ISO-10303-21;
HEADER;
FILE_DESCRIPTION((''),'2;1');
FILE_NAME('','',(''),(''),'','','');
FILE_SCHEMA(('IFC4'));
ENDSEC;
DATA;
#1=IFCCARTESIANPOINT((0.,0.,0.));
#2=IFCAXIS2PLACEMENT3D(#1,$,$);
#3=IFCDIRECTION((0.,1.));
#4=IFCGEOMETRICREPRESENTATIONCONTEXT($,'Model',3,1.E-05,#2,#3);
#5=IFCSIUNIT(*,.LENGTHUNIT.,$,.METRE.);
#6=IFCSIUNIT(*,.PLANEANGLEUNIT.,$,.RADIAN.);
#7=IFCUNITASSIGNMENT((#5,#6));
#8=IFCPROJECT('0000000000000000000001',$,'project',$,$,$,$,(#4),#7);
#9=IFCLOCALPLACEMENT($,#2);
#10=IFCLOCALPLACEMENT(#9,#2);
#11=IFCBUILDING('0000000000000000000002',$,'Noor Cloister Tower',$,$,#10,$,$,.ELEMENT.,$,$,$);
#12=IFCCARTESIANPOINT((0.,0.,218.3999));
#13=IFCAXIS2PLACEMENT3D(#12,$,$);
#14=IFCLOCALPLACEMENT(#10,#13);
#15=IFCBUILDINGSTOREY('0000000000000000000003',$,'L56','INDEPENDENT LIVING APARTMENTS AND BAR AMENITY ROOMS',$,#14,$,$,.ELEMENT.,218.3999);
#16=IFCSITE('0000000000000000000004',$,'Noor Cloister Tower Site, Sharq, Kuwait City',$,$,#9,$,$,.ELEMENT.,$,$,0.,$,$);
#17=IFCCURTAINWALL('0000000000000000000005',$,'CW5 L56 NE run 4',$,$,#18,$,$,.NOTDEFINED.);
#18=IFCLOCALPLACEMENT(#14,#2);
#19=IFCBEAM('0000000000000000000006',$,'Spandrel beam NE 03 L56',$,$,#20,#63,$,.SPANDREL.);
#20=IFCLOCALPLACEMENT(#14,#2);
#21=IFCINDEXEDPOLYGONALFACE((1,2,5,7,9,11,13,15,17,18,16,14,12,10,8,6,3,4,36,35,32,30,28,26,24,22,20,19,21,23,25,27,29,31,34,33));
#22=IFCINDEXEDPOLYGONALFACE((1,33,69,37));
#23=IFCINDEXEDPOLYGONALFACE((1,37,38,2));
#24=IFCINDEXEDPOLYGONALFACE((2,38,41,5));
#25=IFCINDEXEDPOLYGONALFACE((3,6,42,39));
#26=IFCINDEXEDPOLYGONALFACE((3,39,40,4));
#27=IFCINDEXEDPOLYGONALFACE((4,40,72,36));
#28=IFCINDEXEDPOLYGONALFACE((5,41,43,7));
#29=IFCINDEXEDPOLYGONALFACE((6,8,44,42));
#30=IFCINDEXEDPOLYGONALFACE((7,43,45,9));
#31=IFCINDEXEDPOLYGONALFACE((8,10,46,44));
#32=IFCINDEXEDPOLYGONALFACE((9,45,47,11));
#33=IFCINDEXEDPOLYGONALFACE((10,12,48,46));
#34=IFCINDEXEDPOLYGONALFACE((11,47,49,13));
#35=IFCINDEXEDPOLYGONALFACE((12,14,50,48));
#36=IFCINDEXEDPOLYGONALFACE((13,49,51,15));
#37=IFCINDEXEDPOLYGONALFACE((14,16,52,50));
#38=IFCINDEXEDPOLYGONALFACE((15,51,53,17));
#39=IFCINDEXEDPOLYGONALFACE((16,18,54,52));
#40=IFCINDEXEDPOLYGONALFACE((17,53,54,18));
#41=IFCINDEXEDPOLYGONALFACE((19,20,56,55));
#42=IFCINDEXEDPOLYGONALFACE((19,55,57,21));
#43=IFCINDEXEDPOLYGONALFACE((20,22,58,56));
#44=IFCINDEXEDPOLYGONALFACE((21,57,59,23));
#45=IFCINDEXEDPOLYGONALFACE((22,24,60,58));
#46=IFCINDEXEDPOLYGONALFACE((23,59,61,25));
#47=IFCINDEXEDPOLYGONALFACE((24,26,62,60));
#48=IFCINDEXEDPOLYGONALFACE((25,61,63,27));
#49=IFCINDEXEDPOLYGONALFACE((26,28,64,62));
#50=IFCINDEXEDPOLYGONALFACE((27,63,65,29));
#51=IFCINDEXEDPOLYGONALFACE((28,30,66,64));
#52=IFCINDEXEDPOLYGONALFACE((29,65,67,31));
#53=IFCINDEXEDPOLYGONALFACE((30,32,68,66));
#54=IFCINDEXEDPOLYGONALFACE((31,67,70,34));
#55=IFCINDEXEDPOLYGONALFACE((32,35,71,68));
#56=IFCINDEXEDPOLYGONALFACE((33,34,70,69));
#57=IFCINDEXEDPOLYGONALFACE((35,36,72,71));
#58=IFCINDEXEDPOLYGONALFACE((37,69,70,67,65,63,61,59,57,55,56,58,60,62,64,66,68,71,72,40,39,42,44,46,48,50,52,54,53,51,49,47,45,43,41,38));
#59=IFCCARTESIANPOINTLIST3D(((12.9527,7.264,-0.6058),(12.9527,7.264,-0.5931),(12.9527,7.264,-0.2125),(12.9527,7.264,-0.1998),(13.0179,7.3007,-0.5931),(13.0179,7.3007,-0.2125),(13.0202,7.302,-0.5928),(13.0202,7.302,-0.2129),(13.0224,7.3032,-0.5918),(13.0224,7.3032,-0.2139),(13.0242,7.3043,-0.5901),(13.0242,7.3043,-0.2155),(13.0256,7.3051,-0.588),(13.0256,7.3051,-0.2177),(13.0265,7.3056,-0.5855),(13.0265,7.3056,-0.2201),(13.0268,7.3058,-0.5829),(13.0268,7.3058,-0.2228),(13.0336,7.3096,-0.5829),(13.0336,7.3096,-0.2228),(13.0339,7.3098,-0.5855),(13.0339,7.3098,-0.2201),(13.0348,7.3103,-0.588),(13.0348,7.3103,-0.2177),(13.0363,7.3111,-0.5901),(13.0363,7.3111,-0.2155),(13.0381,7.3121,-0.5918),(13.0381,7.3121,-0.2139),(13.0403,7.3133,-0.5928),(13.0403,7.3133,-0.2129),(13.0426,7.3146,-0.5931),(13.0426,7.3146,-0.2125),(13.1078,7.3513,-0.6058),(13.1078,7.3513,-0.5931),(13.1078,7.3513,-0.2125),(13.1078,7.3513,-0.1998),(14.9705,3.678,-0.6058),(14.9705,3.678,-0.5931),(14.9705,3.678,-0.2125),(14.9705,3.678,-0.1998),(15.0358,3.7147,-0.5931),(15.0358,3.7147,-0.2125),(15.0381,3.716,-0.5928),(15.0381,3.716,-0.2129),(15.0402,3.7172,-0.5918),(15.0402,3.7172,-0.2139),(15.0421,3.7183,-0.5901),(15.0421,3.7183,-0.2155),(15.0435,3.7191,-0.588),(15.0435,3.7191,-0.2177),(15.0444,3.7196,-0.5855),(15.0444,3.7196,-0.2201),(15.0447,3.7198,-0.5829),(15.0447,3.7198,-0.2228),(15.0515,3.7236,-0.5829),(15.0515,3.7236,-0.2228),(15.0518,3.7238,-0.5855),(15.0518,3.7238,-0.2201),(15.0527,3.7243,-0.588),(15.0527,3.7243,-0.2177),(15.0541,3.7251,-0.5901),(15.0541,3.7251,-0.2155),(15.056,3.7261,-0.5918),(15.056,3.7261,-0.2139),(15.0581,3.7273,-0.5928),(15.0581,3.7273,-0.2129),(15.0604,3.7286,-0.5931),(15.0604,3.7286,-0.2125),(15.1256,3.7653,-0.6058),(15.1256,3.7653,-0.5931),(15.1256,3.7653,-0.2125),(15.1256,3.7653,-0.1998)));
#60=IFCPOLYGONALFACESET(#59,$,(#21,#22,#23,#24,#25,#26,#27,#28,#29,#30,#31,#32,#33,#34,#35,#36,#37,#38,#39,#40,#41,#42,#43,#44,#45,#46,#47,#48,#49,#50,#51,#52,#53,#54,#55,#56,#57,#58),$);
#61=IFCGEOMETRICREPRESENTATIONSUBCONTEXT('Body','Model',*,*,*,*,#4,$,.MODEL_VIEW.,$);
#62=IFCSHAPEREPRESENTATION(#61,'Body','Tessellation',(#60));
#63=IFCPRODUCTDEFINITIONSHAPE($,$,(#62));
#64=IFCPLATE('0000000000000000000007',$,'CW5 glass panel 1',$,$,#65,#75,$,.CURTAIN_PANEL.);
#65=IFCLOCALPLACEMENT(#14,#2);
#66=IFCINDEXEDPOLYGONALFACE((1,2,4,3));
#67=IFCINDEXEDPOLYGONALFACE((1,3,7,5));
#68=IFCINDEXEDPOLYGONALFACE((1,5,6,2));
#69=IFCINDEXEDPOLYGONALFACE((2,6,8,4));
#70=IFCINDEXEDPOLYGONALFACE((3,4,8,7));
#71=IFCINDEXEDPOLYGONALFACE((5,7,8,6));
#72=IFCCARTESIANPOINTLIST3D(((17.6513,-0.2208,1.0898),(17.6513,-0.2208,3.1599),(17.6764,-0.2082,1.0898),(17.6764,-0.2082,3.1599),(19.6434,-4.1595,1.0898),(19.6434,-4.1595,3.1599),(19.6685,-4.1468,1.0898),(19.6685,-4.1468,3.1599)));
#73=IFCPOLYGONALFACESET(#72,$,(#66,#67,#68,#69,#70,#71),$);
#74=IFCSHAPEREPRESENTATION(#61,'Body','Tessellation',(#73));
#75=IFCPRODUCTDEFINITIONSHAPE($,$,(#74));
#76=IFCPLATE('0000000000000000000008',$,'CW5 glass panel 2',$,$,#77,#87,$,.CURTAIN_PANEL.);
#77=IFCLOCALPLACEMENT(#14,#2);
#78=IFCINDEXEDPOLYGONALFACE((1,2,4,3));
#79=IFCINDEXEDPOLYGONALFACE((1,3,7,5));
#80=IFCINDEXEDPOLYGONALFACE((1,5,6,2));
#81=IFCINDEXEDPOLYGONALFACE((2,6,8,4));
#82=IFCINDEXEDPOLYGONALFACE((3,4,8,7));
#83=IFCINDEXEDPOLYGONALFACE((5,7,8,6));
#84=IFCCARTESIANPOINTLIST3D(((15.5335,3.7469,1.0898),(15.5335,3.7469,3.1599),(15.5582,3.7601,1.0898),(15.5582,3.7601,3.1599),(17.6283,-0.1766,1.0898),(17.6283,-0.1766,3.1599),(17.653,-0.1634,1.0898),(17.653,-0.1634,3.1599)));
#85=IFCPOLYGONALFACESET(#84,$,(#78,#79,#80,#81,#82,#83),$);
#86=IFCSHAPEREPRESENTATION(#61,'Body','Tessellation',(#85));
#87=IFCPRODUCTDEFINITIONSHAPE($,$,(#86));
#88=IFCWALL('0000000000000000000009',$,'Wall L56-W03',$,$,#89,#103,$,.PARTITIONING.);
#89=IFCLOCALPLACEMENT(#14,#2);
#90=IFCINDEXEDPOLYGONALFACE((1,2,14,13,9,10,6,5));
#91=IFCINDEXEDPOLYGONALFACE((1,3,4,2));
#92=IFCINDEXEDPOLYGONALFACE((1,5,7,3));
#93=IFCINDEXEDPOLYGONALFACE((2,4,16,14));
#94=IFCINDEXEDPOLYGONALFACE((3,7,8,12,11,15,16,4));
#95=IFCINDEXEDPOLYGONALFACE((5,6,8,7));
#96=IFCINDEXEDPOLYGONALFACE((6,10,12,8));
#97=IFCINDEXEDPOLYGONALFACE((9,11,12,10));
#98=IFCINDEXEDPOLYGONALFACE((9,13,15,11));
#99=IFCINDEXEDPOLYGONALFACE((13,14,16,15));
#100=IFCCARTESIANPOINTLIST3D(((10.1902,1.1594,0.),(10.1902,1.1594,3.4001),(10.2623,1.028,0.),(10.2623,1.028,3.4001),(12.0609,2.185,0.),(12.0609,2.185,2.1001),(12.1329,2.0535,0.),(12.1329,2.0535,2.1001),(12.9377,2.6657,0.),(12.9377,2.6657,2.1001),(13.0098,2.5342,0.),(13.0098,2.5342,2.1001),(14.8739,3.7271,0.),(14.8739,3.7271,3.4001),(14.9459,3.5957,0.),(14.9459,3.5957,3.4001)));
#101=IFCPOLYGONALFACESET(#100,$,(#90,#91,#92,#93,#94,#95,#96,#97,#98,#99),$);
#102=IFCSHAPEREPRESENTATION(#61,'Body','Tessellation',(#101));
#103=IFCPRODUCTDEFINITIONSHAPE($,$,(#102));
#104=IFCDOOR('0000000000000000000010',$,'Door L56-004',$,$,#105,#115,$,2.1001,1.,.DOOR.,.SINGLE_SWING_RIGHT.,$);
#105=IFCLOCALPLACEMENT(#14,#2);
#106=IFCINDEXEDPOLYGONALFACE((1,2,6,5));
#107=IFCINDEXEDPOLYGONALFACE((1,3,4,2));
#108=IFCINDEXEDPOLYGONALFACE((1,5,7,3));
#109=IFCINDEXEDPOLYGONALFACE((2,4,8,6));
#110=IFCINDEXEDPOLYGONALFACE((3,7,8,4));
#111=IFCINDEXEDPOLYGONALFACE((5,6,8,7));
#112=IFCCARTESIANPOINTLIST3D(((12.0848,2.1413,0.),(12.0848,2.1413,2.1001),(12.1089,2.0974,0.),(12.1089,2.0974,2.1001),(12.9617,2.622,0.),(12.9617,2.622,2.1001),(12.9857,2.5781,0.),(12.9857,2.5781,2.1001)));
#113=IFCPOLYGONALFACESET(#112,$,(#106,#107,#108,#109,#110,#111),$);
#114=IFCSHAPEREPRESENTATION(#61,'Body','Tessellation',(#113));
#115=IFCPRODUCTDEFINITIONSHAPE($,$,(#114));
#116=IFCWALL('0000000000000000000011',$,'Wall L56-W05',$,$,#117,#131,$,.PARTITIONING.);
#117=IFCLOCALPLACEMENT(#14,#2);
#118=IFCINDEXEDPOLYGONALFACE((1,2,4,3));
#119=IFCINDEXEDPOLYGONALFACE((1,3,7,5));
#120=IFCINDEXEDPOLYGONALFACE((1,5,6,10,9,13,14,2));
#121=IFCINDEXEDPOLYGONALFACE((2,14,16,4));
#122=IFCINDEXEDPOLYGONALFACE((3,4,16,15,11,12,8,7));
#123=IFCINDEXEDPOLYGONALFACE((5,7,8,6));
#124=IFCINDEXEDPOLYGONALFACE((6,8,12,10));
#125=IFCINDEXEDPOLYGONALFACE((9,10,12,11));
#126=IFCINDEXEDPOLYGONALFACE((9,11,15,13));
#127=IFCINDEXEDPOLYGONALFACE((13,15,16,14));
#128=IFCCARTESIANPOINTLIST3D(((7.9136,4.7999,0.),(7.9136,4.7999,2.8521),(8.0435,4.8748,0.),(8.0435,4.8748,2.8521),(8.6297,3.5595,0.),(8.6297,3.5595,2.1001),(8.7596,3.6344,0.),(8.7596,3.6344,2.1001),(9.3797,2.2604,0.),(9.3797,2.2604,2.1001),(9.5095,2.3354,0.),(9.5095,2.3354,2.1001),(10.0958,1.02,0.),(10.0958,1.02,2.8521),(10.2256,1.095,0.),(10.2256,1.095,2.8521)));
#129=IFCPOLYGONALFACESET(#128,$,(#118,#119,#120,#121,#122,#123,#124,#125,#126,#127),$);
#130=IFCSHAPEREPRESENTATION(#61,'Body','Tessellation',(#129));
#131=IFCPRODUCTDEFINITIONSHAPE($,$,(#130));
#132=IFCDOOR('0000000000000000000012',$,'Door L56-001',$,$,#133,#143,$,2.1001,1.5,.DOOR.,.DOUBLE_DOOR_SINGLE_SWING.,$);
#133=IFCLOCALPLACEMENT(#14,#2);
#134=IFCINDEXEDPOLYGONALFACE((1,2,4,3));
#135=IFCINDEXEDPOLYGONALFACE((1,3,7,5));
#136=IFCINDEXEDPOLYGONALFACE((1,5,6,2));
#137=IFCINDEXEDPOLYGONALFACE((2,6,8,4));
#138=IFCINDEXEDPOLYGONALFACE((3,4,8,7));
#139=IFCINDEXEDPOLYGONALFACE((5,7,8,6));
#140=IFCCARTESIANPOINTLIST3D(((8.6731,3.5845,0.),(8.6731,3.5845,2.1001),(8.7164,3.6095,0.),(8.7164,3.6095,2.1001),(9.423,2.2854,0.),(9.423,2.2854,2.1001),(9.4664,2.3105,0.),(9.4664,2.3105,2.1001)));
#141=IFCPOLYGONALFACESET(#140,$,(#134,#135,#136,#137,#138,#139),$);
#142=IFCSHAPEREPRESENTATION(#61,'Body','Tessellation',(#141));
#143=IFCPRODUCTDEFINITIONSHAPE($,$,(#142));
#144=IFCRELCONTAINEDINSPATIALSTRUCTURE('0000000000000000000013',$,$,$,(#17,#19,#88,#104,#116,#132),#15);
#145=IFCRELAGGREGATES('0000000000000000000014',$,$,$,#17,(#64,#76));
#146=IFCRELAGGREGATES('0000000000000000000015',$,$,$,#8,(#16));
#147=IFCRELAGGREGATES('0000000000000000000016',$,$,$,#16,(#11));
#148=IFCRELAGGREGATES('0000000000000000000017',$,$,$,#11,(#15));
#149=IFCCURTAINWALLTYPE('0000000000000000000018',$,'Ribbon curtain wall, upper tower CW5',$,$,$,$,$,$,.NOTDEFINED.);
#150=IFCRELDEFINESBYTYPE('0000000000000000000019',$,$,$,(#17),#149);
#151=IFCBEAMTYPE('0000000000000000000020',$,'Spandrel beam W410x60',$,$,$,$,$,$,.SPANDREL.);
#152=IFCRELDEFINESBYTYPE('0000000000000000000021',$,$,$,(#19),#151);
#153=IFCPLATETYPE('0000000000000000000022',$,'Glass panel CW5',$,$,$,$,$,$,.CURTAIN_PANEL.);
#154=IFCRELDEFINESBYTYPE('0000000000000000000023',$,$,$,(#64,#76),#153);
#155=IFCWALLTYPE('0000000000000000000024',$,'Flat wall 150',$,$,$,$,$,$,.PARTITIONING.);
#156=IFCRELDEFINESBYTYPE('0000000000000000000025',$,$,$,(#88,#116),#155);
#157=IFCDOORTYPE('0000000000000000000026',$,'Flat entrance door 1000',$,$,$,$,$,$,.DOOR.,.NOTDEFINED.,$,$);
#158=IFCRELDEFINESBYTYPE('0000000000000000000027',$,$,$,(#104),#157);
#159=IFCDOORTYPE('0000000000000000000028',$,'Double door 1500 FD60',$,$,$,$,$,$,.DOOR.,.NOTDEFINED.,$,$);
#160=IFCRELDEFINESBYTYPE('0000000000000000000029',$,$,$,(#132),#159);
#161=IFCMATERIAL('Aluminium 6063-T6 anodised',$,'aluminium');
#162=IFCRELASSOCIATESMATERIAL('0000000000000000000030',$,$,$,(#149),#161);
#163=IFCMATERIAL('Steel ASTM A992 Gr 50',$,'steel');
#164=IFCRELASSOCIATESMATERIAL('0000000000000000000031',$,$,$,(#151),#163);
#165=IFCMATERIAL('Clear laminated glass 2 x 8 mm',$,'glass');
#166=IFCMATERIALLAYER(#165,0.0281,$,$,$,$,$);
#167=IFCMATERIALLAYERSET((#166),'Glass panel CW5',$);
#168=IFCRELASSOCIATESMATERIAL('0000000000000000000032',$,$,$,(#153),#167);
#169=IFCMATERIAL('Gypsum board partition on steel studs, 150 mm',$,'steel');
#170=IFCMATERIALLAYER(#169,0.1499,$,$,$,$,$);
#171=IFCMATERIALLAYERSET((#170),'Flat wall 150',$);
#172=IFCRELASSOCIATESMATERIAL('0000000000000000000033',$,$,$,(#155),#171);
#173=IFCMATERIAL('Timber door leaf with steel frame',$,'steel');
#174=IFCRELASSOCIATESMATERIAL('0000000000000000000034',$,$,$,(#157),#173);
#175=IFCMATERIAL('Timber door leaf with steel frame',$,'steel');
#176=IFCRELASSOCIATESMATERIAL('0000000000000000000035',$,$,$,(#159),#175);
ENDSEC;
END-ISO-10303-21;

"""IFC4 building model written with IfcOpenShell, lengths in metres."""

from ifc_helpers import new_model, si_unit, direction, frame, frame_2d, origin, origin_2d, place, context, subcontext, project, spatial, rectangle, i_section, extrude, material, layer, layer_set, material_profile, profile_set, type_object, element, fill, aggregate, save


model = new_model("IFC4")

# Units and contexts
model_context = context("Model", 3, precision=1e-05, world=origin(), true_north=direction((0.0, 1.0)))
body_context = subcontext(model_context, "Body", "Model", "MODEL_VIEW")
ifc_project = project(units=[si_unit("LENGTHUNIT", "METRE"), si_unit("PLANEANGLEUNIT", "RADIAN")], contexts=[model_context])

# Site, building, storey
site_placement = place(None, origin())
site = spatial("IfcSite", under=ifc_project, at=site_placement, Name="Noor Cloister Tower Site, Sharq, Kuwait City", CompositionType="ELEMENT", RefElevation=0.0)
building_placement = place(site_placement, origin())
building = spatial("IfcBuilding", under=site, at=building_placement, Name="Noor Cloister Tower", CompositionType="ELEMENT")
storey_placement = place(building_placement, frame((0.0, 0.0, 218.3999)))
storey = spatial("IfcBuildingStorey", under=building, at=storey_placement, Name="L56", Description="INDEPENDENT LIVING APARTMENTS AND BAR AMENITY ROOMS", CompositionType="ELEMENT", Elevation=218.3999)

# Curtain wall
ifc_material_1 = material(Name="Aluminium 6063-T6 anodised", Category="aluminium")
curtain_wall_type = type_object("IfcCurtainWallType", Name="Ribbon curtain wall, upper tower CW5", PredefinedType="NOTDEFINED", material=ifc_material_1)
curtain_wall_placement = place(storey_placement, origin())
curtain_wall = element("IfcCurtainWall", 1, at=curtain_wall_placement, inside=storey, type_object=curtain_wall_type, Name="CW5 L56 NE run 4", PredefinedType="NOTDEFINED")

# Beam
ifc_material_2 = material(Name="Steel ASTM A992 Gr 50", Category="steel")
ifc_material_profile_1 = material_profile(ifc_material_2, i_section(OverallWidth=0.178, OverallDepth=0.406, WebThickness=0.0078, FlangeThickness=0.0127, FilletRadius=0.0103, at=origin_2d()), Name="W410x60")
ifc_profile_set_1 = profile_set([ifc_material_profile_1], Name="Steel ASTM A992 Gr 50")
beam_type_1 = type_object("IfcBeamType", Name="Spandrel beam W410x60", PredefinedType="SPANDREL", material=ifc_profile_set_1)
beam_1_placement = place(storey_placement, frame((15.0481, 3.7217, -0.4028), z_axis=(-0.490396, 0.871499, 0.0), x_axis=(-0.871499, -0.490396, 0.0)))
element("IfcBeam", 2, at=beam_1_placement, inside=storey, type_object=beam_type_1, Name="Spandrel beam NE 03 L56", PredefinedType="SPANDREL", context=body_context, shape_type="SweptSolid", body=[
    extrude(i_section(OverallWidth=0.178, OverallDepth=0.406, WebThickness=0.0078, FlangeThickness=0.0127, FilletRadius=0.0103, at=origin_2d()), origin(), (0.0, 0.0, 1.0), 4.1147),
])

# Plates
ifc_material_3 = material(Name="Clear laminated glass 2 x 8 mm", Category="glass")
ifc_layer_1 = layer(ifc_material_3, 0.0281)
ifc_layer_set_1 = layer_set([ifc_layer_1], Name="Glass panel CW5")
plate_type = type_object("IfcPlateType", Name="Glass panel CW5", PredefinedType="CURTAIN_PANEL", material=ifc_layer_set_1)
plate_1_placement = place(storey_placement, frame((18.6599, -2.1838, 1.0898), z_axis=(0.0, 0.0, 1.0), x_axis=(-0.451339, 0.892353, 0.0)))
plate_1 = element("IfcPlate", 3, at=plate_1_placement, type_object=plate_type, Name="CW5 glass panel 1", PredefinedType="CURTAIN_PANEL", context=body_context, shape_type="SweptSolid", body=[
    extrude(rectangle(XDim=4.4138, YDim=0.0281, at=origin_2d()), origin(), (0.0, 0.0, 1.0), 2.0701),
])
plate_2_placement = place(storey_placement, frame((16.5933, 1.7917, 1.0898), z_axis=(0.0, 0.0, 1.0), x_axis=(-0.470978, 0.882145, 0.0)))
plate_2 = element("IfcPlate", 4, at=plate_2_placement, type_object=plate_type, Name="CW5 glass panel 2", PredefinedType="CURTAIN_PANEL", context=body_context, shape_type="SweptSolid", body=[
    extrude(rectangle(XDim=4.4478, YDim=0.0281, at=origin_2d()), origin(), (0.0, 0.0, 1.0), 2.0701),
])
aggregate(curtain_wall, [plate_1, plate_2])

# Walls, openings, doors
ifc_material_4 = material(Name="Gypsum board partition on steel studs, 150 mm", Category="steel")
ifc_layer_2 = layer(ifc_material_4, 0.1499)
ifc_layer_set_2 = layer_set([ifc_layer_2], Name="Flat wall 150")
wall_type_1 = type_object("IfcWallType", Name="Flat wall 150", PredefinedType="PARTITIONING", material=ifc_layer_set_2)
wall_1_placement = place(storey_placement, frame((14.9099, 3.6614, 0.0), z_axis=(0.0, 0.0, 1.0), x_axis=(-0.876875, -0.480718, 0.0)))
wall_1 = element("IfcWall", 5, at=wall_1_placement, inside=storey, type_object=wall_type_1, Name="Wall L56-W03", PredefinedType="PARTITIONING", context=body_context, shape_type="SweptSolid", body=[
    extrude(rectangle(XDim=5.3413, YDim=0.1499, at=frame_2d((2.6707, 0.0))), origin(), (0.0, 0.0, 1.0), 3.4001),
])
opening_1_placement = place(wall_1_placement, frame((2.208, 0.0, 0.0)))
opening_1 = element("IfcOpeningElement", 6, at=opening_1_placement, cuts=wall_1, PredefinedType="OPENING", context=body_context, shape_type="SweptSolid", body=[
    extrude(rectangle(XDim=1.0, YDim=2.1001, at=frame_2d((0.5, 1.05))), frame((0.0, 0.085, 0.0), z_axis=(0.0, -1.0, 0.0), x_axis=(1.0, 0.0, 0.0)), (0.0, 0.0, 1.0), 0.1699),
])
ifc_material_5 = material(Name="Timber door leaf with steel frame", Category="steel")
door_type_1 = type_object("IfcDoorType", Name="Flat entrance door 1000", OperationType="NOTDEFINED", PredefinedType="DOOR", material=ifc_material_5)
door_1_placement = place(opening_1_placement, origin())
door_1 = element("IfcDoor", 7, at=door_1_placement, inside=storey, type_object=door_type_1, Name="Door L56-004", OperationType="SINGLE_SWING_RIGHT", OverallHeight=2.1001, OverallWidth=1.0, PredefinedType="DOOR", context=body_context, shape_type="SweptSolid", body=[
    extrude(rectangle(XDim=1.0, YDim=2.1001, at=frame_2d((0.5, 1.05))), frame((0.0, 0.0249, 0.0), z_axis=(0.0, -1.0, 0.0), x_axis=(1.0, 0.0, 0.0)), (0.0, 0.0, 1.0), 0.05),
])
fill(opening_1, door_1)
wall_2_placement = place(storey_placement, frame((10.1606, 1.0576, 0.0), z_axis=(0.0, 0.0, 1.0), x_axis=(-0.499977, 0.866038, 0.0)))
wall_2 = element("IfcWall", 8, at=wall_2_placement, inside=storey, type_object=wall_type_1, Name="Wall L56-W05", PredefinedType="PARTITIONING", context=body_context, shape_type="SweptSolid", body=[
    extrude(rectangle(XDim=4.3645, YDim=0.1499, at=frame_2d((2.1821, 0.0))), origin(), (0.0, 0.0, 1.0), 2.8521),
])
opening_2_placement = place(wall_2_placement, frame((1.4321, 0.0, 0.0)))
opening_2 = element("IfcOpeningElement", 9, at=opening_2_placement, cuts=wall_2, PredefinedType="OPENING", context=body_context, shape_type="SweptSolid", body=[
    extrude(rectangle(XDim=1.5, YDim=2.1001, at=frame_2d((0.75, 1.05))), frame((0.0, 0.085, 0.0), z_axis=(0.0, -1.0, 0.0), x_axis=(1.0, 0.0, 0.0)), (0.0, 0.0, 1.0), 0.1699),
])
ifc_material_6 = material(Name="Timber door leaf with steel frame", Category="steel")
door_type_2 = type_object("IfcDoorType", Name="Double door 1500 FD60", OperationType="NOTDEFINED", PredefinedType="DOOR", material=ifc_material_6)
door_2_placement = place(opening_2_placement, origin())
door_2 = element("IfcDoor", 10, at=door_2_placement, inside=storey, type_object=door_type_2, Name="Door L56-001", OperationType="DOUBLE_DOOR_SINGLE_SWING", OverallHeight=2.1001, OverallWidth=1.5, PredefinedType="DOOR", context=body_context, shape_type="SweptSolid", body=[
    extrude(rectangle(XDim=1.5, YDim=2.1001, at=frame_2d((0.75, 1.05))), frame((0.0, 0.0249, 0.0), z_axis=(0.0, -1.0, 0.0), x_axis=(1.0, 0.0, 0.0)), (0.0, 0.0, 1.0), 0.05),
])
fill(opening_2, door_2)

save(model, "model.ifc")
